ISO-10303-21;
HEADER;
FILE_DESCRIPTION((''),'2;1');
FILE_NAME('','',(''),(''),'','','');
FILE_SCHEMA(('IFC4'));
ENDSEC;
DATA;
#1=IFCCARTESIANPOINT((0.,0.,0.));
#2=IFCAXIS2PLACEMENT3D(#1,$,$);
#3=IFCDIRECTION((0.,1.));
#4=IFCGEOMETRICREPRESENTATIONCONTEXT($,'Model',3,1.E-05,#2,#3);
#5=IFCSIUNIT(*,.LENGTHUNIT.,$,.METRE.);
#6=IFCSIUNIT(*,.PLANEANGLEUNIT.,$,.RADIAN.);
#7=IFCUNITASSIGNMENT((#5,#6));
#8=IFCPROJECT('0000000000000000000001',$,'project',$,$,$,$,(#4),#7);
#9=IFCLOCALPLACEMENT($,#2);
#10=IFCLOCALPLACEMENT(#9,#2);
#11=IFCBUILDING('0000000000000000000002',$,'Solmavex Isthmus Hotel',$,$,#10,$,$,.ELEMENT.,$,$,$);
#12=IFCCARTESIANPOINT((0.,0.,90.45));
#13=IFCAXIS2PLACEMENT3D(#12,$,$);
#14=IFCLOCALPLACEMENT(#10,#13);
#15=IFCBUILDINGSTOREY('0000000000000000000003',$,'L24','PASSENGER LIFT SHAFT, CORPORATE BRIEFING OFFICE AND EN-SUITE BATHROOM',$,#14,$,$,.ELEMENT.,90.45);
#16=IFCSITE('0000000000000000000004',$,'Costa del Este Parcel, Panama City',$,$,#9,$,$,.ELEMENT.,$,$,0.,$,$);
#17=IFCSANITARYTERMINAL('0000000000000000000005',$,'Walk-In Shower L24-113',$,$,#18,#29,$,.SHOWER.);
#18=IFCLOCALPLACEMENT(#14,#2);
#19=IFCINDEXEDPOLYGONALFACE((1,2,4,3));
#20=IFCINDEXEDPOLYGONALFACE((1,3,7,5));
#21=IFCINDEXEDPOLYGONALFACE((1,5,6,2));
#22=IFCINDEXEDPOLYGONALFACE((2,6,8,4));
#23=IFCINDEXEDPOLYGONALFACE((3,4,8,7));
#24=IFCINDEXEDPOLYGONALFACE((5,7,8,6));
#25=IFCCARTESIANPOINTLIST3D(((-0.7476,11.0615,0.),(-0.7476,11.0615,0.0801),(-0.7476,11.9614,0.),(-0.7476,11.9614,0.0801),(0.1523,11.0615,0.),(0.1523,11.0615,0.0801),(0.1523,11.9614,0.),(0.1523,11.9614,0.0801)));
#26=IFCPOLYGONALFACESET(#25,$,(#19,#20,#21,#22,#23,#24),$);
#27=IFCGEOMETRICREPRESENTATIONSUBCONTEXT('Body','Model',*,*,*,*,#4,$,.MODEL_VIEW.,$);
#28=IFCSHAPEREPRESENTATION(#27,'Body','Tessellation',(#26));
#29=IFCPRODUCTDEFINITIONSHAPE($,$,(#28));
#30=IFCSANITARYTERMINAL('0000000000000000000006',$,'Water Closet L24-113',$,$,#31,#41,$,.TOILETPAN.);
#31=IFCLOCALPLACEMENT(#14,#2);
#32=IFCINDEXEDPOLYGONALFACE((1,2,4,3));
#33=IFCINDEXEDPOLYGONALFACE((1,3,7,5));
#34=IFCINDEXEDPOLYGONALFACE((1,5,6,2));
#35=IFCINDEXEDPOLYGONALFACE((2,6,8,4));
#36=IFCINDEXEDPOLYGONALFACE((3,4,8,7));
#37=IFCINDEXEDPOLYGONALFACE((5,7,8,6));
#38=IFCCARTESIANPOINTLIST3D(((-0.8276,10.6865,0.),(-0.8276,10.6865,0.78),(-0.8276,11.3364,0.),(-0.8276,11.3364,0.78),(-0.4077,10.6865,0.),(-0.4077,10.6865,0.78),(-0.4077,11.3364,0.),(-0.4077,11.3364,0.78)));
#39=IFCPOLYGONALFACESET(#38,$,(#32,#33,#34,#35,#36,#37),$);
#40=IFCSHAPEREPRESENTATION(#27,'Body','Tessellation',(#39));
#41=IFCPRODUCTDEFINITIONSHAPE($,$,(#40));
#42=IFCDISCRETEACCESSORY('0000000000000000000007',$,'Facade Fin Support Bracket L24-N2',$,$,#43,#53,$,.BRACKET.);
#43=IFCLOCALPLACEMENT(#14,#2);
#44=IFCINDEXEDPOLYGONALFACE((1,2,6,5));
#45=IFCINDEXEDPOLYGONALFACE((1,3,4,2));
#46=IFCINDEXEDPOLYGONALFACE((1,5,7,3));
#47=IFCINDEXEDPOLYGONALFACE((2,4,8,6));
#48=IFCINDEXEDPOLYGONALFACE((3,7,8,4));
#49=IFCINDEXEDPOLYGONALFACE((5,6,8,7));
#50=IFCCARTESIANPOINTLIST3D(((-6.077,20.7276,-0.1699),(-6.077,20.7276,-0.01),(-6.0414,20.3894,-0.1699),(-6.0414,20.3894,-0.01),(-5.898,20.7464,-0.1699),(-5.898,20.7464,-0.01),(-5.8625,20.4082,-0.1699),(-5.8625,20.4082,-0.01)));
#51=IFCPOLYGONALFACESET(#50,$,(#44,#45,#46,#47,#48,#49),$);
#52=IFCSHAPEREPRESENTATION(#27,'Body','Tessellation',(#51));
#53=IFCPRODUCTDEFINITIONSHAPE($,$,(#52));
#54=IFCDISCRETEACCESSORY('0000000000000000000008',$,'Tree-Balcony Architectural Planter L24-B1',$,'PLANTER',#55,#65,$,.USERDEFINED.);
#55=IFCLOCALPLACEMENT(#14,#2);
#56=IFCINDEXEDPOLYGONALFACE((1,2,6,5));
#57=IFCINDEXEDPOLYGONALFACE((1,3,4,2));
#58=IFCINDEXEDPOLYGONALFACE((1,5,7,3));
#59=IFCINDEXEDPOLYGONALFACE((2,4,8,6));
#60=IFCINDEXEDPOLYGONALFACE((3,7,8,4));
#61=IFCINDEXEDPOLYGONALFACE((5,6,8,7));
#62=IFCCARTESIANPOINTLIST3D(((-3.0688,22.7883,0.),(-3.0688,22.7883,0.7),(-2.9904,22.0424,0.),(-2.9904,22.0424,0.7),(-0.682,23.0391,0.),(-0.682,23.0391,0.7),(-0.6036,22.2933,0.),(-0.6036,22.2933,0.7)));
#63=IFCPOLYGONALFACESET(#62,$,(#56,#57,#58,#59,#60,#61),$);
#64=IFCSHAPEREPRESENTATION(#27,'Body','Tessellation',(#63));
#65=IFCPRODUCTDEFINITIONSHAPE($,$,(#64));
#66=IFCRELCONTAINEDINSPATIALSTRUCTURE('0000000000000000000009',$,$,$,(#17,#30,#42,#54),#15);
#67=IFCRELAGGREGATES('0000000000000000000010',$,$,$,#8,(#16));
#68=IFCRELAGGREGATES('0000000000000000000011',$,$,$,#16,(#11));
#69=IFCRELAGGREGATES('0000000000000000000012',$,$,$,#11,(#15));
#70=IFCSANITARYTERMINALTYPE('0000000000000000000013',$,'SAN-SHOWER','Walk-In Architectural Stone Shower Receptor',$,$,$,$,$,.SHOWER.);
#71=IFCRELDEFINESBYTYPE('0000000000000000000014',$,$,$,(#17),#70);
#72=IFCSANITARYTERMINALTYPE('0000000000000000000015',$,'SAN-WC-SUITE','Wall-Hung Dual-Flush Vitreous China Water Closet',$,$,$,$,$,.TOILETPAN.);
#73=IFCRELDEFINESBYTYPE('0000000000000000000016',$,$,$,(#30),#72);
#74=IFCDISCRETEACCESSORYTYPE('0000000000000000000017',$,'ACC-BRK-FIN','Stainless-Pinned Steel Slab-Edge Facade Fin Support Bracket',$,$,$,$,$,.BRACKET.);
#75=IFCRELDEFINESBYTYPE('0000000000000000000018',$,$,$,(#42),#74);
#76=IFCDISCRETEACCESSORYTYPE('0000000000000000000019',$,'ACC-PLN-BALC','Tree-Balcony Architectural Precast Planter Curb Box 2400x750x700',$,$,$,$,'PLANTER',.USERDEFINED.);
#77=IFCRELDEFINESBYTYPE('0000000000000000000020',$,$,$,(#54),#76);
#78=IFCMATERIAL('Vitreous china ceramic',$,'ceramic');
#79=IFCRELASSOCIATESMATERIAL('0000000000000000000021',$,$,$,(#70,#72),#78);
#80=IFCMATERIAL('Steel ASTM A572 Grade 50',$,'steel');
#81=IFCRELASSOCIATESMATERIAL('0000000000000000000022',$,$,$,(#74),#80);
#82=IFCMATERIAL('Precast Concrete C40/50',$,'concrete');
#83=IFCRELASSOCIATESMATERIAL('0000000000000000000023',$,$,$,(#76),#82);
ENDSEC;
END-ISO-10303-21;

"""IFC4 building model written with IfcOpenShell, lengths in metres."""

from ifc_helpers import new_model, si_unit, direction, frame, origin, origin_2d, place, context, subcontext, project, spatial, rectangle, extrude, material, type_object, element, save


model = new_model("IFC4")

# Units and contexts
model_context = context("Model", 3, precision=1e-05, world=origin(), true_north=direction((0.0, 1.0)))
body_context = subcontext(model_context, "Body", "Model", "MODEL_VIEW")
ifc_project = project(units=[si_unit("LENGTHUNIT", "METRE"), si_unit("PLANEANGLEUNIT", "RADIAN")], contexts=[model_context])

# Site, building, storey
site_placement = place(None, origin())
site = spatial("IfcSite", under=ifc_project, at=site_placement, Name="Costa del Este Parcel, Panama City", CompositionType="ELEMENT", RefElevation=0.0)
building_placement = place(site_placement, origin())
building = spatial("IfcBuilding", under=site, at=building_placement, Name="Solmavex Isthmus Hotel", CompositionType="ELEMENT")
storey_placement = place(building_placement, frame((0.0, 0.0, 90.45)))
storey = spatial("IfcBuildingStorey", under=building, at=storey_placement, Name="L24", Description="PASSENGER LIFT SHAFT, CORPORATE BRIEFING OFFICE AND EN-SUITE BATHROOM", CompositionType="ELEMENT", Elevation=90.45)

# Shared definitions
ifc_material_1 = material(Name="Precast Concrete C40/50", Category="concrete")

# Sanitary terminals
ifc_material_2 = material(Name="Vitreous china ceramic", Category="ceramic")
sanitary_terminal_type_1 = type_object("IfcSanitaryTerminalType", Name="SAN-SHOWER", Description="Walk-In Architectural Stone Shower Receptor", PredefinedType="SHOWER", material=ifc_material_2)
sanitary_terminal_1_placement = place(storey_placement, frame((-0.2976, 11.5115, 0.0), z_axis=(0.0, 0.0, 1.0), x_axis=(1.0, 0.0, 0.0)))
element("IfcSanitaryTerminal", 1, at=sanitary_terminal_1_placement, inside=storey, type_object=sanitary_terminal_type_1, Name="Walk-In Shower L24-113", PredefinedType="SHOWER", context=body_context, shape_type="SweptSolid", body=[
    extrude(rectangle(XDim=0.8999, YDim=0.8999, at=origin_2d()), origin(), (0.0, 0.0, 1.0), 0.0801),
])
sanitary_terminal_type_2 = type_object("IfcSanitaryTerminalType", Name="SAN-WC-SUITE", Description="Wall-Hung Dual-Flush Vitreous China Water Closet", PredefinedType="TOILETPAN", material=ifc_material_2)
sanitary_terminal_2_placement = place(storey_placement, frame((-0.6177, 11.0115, 0.0), z_axis=(0.0, 0.0, 1.0), x_axis=(1.0, 0.0, 0.0)))
element("IfcSanitaryTerminal", 2, at=sanitary_terminal_2_placement, inside=storey, type_object=sanitary_terminal_type_2, Name="Water Closet L24-113", PredefinedType="TOILETPAN", context=body_context, shape_type="SweptSolid", body=[
    extrude(rectangle(XDim=0.4199, YDim=0.6499, at=origin_2d()), origin(), (0.0, 0.0, 1.0), 0.78),
])

# Discrete accessories
ifc_material_3 = material(Name="Steel ASTM A572 Grade 50", Category="steel")
discrete_accessory_type_1 = type_object("IfcDiscreteAccessoryType", Name="ACC-BRK-FIN", Description="Stainless-Pinned Steel Slab-Edge Facade Fin Support Bracket", PredefinedType="BRACKET", material=ifc_material_3)
discrete_accessory_1_placement = place(storey_placement, frame((-5.9697, 20.5679, -0.1699), z_axis=(0.0, 0.0, 1.0), x_axis=(-0.104528, 0.994522, 0.0)))
element("IfcDiscreteAccessory", 3, at=discrete_accessory_1_placement, inside=storey, type_object=discrete_accessory_type_1, Name="Facade Fin Support Bracket L24-N2", PredefinedType="BRACKET", context=body_context, shape_type="SweptSolid", body=[
    extrude(rectangle(XDim=0.3401, YDim=0.1799, at=origin_2d()), origin(), (0.0, 0.0, 1.0), 0.1599),
])
discrete_accessory_type_2 = type_object("IfcDiscreteAccessoryType", Name="ACC-PLN-BALC", Description="Tree-Balcony Architectural Precast Planter Curb Box 2400x750x700", ElementType="PLANTER", PredefinedType="USERDEFINED", material=ifc_material_1)
discrete_accessory_2_placement = place(storey_placement, frame((-1.8362, 22.5408, 0.0), z_axis=(0.0, 0.0, 1.0), x_axis=(0.994522, 0.104528, 0.0)))
element("IfcDiscreteAccessory", 4, at=discrete_accessory_2_placement, inside=storey, type_object=discrete_accessory_type_2, Name="Tree-Balcony Architectural Planter L24-B1", ObjectType="PLANTER", PredefinedType="USERDEFINED", context=body_context, shape_type="SweptSolid", body=[
    extrude(rectangle(XDim=2.3999, YDim=0.75, at=origin_2d()), origin(), (0.0, 0.0, 1.0), 0.7),
])

save(model, "model.ifc")
